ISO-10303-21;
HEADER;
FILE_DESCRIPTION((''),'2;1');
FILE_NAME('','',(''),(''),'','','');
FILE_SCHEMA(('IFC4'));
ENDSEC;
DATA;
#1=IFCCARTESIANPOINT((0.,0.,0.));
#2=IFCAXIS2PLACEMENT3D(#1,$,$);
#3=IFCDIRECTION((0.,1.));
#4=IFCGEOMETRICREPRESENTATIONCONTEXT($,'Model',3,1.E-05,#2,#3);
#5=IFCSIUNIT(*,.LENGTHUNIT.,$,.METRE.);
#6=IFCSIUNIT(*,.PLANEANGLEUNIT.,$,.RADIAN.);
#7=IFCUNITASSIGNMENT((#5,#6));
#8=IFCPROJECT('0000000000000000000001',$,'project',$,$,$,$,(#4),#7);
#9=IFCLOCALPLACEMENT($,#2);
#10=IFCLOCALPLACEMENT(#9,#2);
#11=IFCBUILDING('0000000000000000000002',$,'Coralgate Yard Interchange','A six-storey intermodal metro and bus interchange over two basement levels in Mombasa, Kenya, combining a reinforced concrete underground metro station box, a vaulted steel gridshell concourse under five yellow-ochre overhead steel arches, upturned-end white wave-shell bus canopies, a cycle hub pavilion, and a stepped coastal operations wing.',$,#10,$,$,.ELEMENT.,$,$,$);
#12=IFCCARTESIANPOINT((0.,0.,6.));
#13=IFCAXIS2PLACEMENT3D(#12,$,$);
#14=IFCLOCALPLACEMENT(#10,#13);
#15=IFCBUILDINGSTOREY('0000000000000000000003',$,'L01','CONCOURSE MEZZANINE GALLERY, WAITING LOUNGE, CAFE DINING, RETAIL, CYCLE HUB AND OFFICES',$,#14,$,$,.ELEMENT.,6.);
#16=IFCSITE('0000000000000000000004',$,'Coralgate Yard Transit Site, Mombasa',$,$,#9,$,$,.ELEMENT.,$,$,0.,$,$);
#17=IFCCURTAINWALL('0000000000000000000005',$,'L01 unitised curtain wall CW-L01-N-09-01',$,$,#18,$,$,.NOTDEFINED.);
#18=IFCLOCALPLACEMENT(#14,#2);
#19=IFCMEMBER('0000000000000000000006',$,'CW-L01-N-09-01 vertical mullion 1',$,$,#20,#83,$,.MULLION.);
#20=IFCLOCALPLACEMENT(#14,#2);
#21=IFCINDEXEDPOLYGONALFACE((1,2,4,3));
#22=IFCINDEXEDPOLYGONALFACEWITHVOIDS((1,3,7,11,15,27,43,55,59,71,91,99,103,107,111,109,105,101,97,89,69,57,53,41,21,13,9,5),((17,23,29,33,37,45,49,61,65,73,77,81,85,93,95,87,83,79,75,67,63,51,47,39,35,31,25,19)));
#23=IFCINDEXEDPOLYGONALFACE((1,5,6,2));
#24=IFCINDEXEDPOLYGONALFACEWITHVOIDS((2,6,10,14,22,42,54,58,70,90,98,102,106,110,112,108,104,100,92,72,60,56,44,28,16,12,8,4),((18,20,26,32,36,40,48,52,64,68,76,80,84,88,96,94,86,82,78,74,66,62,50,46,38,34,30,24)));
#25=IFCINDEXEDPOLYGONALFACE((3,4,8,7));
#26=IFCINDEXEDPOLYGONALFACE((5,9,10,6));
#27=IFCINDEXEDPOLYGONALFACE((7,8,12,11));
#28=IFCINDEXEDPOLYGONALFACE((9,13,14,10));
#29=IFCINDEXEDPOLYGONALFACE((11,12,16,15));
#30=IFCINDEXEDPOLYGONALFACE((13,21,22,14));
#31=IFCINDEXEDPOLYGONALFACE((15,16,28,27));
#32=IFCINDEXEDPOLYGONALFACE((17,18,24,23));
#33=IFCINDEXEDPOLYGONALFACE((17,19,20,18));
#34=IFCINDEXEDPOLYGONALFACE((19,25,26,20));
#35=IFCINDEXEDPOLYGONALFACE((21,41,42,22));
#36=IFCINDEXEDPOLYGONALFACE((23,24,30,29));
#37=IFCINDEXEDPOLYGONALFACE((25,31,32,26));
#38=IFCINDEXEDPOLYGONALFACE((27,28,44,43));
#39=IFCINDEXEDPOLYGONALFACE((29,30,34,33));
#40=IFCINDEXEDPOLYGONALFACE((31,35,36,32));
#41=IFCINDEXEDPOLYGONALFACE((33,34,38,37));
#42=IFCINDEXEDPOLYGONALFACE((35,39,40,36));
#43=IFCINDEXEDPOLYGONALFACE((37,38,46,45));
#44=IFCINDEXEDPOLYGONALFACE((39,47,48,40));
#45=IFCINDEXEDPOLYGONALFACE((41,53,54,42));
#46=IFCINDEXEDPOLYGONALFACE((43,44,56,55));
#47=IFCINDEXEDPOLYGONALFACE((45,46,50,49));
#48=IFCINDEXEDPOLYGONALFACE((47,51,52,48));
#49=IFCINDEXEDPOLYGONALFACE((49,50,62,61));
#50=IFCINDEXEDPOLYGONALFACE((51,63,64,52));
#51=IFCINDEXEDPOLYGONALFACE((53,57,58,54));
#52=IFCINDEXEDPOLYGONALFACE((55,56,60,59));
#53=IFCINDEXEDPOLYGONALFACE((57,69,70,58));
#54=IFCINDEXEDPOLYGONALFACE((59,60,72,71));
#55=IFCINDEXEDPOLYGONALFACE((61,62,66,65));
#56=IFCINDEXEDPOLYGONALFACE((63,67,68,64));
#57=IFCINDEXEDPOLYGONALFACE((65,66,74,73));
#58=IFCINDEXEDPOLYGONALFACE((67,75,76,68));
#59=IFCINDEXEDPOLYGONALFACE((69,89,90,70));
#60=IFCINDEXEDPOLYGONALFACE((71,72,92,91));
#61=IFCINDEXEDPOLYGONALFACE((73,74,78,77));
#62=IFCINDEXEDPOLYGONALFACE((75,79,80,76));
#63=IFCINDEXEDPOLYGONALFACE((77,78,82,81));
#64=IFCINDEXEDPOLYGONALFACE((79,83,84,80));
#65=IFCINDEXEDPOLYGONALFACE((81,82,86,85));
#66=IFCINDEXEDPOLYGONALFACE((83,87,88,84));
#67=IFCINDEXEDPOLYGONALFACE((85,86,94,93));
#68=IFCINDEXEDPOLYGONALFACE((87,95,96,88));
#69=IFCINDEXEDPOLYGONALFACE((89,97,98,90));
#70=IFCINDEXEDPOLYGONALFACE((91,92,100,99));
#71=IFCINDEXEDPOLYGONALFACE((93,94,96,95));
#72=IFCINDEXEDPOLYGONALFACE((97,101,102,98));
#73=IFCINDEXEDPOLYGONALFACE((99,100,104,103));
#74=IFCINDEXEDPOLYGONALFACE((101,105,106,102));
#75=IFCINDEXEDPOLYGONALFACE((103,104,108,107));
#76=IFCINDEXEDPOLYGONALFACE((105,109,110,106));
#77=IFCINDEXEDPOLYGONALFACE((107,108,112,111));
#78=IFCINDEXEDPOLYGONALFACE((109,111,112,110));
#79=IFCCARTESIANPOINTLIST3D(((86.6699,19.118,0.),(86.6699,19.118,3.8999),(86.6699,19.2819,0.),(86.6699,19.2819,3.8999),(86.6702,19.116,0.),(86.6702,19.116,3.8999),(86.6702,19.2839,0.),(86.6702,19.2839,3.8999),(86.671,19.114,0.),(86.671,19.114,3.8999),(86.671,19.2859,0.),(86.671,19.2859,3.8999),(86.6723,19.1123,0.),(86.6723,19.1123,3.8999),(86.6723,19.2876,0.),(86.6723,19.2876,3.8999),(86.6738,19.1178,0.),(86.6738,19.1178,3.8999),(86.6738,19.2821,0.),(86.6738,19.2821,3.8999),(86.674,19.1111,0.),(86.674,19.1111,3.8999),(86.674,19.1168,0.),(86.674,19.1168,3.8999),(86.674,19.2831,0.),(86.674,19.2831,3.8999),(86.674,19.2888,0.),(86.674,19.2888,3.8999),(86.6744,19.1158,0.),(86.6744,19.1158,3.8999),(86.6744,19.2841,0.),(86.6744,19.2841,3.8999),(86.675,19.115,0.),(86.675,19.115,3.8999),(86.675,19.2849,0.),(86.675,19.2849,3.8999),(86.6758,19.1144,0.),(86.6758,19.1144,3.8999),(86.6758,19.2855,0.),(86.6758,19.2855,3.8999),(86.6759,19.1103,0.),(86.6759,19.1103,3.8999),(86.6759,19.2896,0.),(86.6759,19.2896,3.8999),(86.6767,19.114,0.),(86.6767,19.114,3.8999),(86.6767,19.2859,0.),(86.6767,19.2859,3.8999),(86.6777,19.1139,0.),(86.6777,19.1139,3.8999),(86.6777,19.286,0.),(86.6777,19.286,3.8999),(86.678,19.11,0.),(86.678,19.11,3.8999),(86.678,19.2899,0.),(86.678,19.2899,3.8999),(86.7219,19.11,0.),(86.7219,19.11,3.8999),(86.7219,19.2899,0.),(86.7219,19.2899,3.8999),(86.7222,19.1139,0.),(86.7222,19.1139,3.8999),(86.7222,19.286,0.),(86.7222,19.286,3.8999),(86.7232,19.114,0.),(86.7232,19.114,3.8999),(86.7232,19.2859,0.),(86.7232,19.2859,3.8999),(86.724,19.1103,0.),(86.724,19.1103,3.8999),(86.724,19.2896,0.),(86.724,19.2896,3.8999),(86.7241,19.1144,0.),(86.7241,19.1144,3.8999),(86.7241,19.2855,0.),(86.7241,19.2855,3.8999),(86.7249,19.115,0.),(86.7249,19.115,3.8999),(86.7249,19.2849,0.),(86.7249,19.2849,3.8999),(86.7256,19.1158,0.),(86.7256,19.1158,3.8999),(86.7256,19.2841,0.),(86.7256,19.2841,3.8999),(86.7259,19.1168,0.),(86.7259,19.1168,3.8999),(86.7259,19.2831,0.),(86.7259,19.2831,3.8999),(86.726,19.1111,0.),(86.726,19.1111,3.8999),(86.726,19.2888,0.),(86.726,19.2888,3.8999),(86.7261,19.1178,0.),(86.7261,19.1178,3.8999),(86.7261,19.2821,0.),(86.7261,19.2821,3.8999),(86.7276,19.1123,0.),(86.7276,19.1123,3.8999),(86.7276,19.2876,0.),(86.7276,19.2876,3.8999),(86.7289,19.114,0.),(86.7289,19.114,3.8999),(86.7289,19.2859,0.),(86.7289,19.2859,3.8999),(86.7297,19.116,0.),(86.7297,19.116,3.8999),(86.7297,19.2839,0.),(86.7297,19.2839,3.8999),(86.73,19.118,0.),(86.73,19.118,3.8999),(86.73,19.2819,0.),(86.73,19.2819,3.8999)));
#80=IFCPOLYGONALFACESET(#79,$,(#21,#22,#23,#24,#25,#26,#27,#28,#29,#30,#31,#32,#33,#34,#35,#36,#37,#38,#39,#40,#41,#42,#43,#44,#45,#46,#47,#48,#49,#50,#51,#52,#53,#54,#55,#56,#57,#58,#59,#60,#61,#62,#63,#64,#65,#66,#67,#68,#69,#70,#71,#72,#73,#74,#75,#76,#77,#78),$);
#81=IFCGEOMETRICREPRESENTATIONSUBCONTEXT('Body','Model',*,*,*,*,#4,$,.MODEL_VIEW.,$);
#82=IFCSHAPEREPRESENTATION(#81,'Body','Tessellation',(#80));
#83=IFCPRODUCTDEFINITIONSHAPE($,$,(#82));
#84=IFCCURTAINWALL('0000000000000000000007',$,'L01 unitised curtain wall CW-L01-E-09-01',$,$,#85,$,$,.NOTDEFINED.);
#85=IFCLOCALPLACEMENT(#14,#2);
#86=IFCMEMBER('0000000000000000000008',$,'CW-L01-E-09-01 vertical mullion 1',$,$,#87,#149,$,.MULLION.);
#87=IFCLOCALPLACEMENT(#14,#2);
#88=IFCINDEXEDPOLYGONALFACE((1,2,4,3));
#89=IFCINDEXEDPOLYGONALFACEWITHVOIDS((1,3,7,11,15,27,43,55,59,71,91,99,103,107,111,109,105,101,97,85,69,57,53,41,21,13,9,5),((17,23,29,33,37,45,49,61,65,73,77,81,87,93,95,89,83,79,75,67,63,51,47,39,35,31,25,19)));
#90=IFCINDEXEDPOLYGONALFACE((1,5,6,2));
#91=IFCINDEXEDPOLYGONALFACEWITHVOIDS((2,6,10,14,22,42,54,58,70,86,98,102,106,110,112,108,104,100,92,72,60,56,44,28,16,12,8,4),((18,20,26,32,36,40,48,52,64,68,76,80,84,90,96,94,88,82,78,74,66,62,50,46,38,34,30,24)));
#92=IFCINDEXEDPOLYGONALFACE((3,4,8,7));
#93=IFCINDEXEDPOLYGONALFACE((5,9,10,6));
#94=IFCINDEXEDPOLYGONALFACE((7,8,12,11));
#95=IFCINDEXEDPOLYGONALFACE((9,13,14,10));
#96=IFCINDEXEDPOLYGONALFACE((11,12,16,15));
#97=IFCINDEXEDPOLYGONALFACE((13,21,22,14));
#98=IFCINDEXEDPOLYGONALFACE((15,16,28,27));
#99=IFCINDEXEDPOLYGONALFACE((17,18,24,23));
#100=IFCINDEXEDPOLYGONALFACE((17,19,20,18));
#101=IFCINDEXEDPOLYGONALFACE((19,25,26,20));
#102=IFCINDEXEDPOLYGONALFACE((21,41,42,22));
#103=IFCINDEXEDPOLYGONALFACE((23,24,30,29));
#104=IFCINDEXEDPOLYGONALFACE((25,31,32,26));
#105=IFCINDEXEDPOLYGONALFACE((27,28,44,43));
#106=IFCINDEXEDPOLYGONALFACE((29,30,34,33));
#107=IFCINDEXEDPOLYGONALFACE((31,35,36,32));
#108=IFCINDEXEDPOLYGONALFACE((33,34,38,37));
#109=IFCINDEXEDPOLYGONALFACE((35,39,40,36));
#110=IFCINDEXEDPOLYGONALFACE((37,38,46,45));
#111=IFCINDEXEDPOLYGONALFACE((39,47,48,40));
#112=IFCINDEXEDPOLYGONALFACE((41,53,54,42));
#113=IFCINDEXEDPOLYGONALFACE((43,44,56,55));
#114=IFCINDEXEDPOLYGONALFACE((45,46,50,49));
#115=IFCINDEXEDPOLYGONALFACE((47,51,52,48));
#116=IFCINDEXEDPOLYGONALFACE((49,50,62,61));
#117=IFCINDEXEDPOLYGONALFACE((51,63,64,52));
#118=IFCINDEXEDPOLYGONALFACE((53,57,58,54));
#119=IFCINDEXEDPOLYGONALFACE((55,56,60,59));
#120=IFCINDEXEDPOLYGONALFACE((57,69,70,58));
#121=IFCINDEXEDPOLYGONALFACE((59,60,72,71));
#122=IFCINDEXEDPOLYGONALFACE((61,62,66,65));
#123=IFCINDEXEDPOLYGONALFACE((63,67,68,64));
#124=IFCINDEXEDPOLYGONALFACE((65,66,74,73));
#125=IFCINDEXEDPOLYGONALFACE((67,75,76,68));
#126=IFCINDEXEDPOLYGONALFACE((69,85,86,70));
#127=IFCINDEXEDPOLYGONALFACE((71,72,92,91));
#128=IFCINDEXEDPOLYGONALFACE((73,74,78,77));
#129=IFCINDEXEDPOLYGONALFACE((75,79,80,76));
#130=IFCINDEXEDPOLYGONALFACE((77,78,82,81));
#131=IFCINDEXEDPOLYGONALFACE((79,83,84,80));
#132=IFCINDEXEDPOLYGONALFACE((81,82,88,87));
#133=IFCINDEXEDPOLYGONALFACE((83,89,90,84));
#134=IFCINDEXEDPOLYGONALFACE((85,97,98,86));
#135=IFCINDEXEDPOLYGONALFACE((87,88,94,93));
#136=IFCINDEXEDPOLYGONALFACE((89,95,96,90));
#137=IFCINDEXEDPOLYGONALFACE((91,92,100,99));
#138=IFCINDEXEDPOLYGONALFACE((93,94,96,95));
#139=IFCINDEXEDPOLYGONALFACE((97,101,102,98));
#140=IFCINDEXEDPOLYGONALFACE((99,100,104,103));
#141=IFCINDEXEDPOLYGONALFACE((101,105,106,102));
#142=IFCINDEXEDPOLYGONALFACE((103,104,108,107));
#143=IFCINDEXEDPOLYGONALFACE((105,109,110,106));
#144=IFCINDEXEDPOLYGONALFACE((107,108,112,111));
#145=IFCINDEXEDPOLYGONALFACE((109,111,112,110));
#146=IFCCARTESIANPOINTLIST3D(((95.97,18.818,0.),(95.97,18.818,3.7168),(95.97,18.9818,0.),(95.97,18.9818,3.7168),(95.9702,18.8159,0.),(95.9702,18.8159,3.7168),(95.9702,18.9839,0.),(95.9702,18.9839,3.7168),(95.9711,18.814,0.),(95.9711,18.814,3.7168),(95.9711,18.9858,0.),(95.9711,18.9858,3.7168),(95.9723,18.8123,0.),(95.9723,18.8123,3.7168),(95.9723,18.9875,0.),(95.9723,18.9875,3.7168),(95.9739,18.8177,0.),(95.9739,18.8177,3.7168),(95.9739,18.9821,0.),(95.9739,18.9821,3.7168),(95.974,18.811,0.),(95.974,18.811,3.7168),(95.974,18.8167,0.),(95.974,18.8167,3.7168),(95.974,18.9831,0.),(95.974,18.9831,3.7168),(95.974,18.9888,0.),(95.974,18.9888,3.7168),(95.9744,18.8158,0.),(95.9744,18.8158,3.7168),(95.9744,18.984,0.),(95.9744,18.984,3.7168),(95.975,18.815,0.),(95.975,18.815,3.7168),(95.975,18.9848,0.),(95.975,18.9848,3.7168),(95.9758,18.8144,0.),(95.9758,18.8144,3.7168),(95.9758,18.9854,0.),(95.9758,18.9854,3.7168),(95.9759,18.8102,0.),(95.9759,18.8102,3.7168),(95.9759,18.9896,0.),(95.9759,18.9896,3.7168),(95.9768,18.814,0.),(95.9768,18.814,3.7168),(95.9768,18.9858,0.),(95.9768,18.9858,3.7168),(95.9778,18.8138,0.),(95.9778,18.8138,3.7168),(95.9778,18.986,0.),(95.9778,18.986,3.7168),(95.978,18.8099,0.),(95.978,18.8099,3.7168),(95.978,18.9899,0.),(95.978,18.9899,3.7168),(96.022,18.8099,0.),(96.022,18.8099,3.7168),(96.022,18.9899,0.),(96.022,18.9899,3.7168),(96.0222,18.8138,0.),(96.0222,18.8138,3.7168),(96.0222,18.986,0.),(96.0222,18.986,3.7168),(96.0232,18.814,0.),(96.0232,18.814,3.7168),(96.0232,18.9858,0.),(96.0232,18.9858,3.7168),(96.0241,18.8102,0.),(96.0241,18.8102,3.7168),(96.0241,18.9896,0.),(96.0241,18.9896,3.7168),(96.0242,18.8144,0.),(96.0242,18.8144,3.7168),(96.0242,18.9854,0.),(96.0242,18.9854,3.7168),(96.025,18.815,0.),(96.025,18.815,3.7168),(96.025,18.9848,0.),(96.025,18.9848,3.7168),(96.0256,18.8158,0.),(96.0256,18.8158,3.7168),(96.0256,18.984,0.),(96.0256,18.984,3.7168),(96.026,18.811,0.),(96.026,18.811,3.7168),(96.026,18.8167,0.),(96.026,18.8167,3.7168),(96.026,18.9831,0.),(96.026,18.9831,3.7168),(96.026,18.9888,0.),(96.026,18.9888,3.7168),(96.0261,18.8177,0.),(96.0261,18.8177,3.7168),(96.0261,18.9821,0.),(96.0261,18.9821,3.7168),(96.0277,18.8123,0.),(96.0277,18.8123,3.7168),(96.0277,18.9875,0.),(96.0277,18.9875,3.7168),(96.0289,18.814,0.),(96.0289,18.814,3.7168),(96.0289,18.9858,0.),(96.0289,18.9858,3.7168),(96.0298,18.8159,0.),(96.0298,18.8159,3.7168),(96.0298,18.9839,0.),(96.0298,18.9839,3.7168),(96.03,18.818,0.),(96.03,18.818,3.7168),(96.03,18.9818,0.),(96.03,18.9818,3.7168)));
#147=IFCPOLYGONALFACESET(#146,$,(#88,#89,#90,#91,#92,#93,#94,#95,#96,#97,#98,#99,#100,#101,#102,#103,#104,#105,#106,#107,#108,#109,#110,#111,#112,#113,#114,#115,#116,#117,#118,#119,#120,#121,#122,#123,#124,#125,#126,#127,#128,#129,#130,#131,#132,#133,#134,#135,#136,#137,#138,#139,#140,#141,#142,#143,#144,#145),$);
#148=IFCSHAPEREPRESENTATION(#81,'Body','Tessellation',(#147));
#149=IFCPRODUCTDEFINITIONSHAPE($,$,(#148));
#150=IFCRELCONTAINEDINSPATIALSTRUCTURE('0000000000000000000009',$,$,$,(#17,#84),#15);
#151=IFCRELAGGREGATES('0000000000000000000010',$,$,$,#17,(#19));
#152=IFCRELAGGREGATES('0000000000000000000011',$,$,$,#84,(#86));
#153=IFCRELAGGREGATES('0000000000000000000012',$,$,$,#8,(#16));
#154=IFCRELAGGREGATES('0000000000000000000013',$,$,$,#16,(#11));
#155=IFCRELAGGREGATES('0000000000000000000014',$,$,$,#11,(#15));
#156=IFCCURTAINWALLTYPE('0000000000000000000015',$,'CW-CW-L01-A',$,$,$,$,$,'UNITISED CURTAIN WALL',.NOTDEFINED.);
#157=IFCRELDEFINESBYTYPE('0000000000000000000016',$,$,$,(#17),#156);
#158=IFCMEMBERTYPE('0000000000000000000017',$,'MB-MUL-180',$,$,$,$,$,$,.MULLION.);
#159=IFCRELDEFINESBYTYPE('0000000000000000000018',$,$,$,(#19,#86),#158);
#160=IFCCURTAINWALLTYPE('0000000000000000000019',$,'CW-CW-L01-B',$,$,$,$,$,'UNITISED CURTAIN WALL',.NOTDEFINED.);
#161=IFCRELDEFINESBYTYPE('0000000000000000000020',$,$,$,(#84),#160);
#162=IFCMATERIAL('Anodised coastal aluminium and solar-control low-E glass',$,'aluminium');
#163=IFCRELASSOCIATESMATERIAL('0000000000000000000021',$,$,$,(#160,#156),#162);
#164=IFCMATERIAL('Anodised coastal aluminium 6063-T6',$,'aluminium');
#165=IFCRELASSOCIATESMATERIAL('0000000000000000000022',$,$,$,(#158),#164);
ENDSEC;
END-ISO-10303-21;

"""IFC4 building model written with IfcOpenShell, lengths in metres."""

from ifc_helpers import new_model, si_unit, direction, frame, origin, origin_2d, place, context, subcontext, project, spatial, hollow_rectangle, extrude, material, material_profile, profile_set, type_object, element, aggregate, save


model = new_model("IFC4")

# Units and contexts
model_context = context("Model", 3, precision=1e-05, world=origin(), true_north=direction((0.0, 1.0)))
body_context = subcontext(model_context, "Body", "Model", "MODEL_VIEW")
ifc_project = project(units=[si_unit("LENGTHUNIT", "METRE"), si_unit("PLANEANGLEUNIT", "RADIAN")], contexts=[model_context])

# Site, building, storey
site_placement = place(None, origin())
site = spatial("IfcSite", under=ifc_project, at=site_placement, Name="Coralgate Yard Transit Site, Mombasa", CompositionType="ELEMENT", RefElevation=0.0)
building_placement = place(site_placement, origin())
building = spatial("IfcBuilding", under=site, at=building_placement, Name="Coralgate Yard Interchange", Description="A six-storey intermodal metro and bus interchange over two basement levels in Mombasa, Kenya, combining a reinforced concrete underground metro station box, a vaulted steel gridshell concourse under five yellow-ochre overhead steel arches, upturned-end white wave-shell bus canopies, a cycle hub pavilion, and a stepped coastal operations wing.", CompositionType="ELEMENT")
storey_placement = place(building_placement, frame((0.0, 0.0, 6.0)))
storey = spatial("IfcBuildingStorey", under=building, at=storey_placement, Name="L01", Description="CONCOURSE MEZZANINE GALLERY, WAITING LOUNGE, CAFE DINING, RETAIL, CYCLE HUB AND OFFICES", CompositionType="ELEMENT", Elevation=6.0)

# Curtain wall, member
ifc_material_1 = material(Name="Anodised coastal aluminium and solar-control low-E glass", Category="aluminium")
curtain_wall_type_1 = type_object("IfcCurtainWallType", Name="CW-CW-L01-B", ElementType="UNITISED CURTAIN WALL", PredefinedType="NOTDEFINED", material=ifc_material_1)
ifc_material_2 = material(Name="Anodised coastal aluminium 6063-T6", Category="aluminium")
ifc_material_profile_1 = material_profile(ifc_material_2, hollow_rectangle(XDim=0.0601, YDim=0.1799, WallThickness=0.0039, InnerFilletRadius=0.0039, OuterFilletRadius=0.0081, at=origin_2d()), Name="ALU 60x180x4")
ifc_profile_set_1 = profile_set([ifc_material_profile_1], Name="Anodised coastal aluminium 6063-T6")
member_type_1 = type_object("IfcMemberType", Name="MB-MUL-180", PredefinedType="MULLION", material=ifc_profile_set_1)
curtain_wall_type_2 = type_object("IfcCurtainWallType", Name="CW-CW-L01-A", ElementType="UNITISED CURTAIN WALL", PredefinedType="NOTDEFINED", material=ifc_material_1)
curtain_wall_1_placement = place(storey_placement, origin())
curtain_wall_1 = element("IfcCurtainWall", 1, at=curtain_wall_1_placement, inside=storey, type_object=curtain_wall_type_2, Name="L01 unitised curtain wall CW-L01-N-09-01", PredefinedType="NOTDEFINED")
member_1_placement = place(storey_placement, frame((86.7, 19.2, 0.0), z_axis=(0.0, 0.0, 1.0), x_axis=(1.0, 0.0, 0.0)))
member_1 = element("IfcMember", 2, at=member_1_placement, type_object=member_type_1, Name="CW-L01-N-09-01 vertical mullion 1", PredefinedType="MULLION", context=body_context, shape_type="SweptSolid", body=[
    extrude(hollow_rectangle(XDim=0.0601, YDim=0.1799, WallThickness=0.0039, InnerFilletRadius=0.0039, OuterFilletRadius=0.0081, at=origin_2d()), origin(), (0.0, 0.0, 1.0), 3.8999),
])

# Curtain wall, member
curtain_wall_2_placement = place(storey_placement, origin())
curtain_wall_2 = element("IfcCurtainWall", 3, at=curtain_wall_2_placement, inside=storey, type_object=curtain_wall_type_1, Name="L01 unitised curtain wall CW-L01-E-09-01", PredefinedType="NOTDEFINED")
member_2_placement = place(storey_placement, frame((96.0, 18.8999, 0.0), z_axis=(0.0, 0.0, 1.0), x_axis=(1.0, 0.0, 0.0)))
member_2 = element("IfcMember", 4, at=member_2_placement, type_object=member_type_1, Name="CW-L01-E-09-01 vertical mullion 1", PredefinedType="MULLION", context=body_context, shape_type="SweptSolid", body=[
    extrude(hollow_rectangle(XDim=0.0601, YDim=0.1799, WallThickness=0.0039, InnerFilletRadius=0.0039, OuterFilletRadius=0.0081, at=origin_2d()), origin(), (0.0, 0.0, 1.0), 3.7168),
])

aggregate(curtain_wall_1, [member_1])
aggregate(curtain_wall_2, [member_2])

save(model, "model.ifc")
